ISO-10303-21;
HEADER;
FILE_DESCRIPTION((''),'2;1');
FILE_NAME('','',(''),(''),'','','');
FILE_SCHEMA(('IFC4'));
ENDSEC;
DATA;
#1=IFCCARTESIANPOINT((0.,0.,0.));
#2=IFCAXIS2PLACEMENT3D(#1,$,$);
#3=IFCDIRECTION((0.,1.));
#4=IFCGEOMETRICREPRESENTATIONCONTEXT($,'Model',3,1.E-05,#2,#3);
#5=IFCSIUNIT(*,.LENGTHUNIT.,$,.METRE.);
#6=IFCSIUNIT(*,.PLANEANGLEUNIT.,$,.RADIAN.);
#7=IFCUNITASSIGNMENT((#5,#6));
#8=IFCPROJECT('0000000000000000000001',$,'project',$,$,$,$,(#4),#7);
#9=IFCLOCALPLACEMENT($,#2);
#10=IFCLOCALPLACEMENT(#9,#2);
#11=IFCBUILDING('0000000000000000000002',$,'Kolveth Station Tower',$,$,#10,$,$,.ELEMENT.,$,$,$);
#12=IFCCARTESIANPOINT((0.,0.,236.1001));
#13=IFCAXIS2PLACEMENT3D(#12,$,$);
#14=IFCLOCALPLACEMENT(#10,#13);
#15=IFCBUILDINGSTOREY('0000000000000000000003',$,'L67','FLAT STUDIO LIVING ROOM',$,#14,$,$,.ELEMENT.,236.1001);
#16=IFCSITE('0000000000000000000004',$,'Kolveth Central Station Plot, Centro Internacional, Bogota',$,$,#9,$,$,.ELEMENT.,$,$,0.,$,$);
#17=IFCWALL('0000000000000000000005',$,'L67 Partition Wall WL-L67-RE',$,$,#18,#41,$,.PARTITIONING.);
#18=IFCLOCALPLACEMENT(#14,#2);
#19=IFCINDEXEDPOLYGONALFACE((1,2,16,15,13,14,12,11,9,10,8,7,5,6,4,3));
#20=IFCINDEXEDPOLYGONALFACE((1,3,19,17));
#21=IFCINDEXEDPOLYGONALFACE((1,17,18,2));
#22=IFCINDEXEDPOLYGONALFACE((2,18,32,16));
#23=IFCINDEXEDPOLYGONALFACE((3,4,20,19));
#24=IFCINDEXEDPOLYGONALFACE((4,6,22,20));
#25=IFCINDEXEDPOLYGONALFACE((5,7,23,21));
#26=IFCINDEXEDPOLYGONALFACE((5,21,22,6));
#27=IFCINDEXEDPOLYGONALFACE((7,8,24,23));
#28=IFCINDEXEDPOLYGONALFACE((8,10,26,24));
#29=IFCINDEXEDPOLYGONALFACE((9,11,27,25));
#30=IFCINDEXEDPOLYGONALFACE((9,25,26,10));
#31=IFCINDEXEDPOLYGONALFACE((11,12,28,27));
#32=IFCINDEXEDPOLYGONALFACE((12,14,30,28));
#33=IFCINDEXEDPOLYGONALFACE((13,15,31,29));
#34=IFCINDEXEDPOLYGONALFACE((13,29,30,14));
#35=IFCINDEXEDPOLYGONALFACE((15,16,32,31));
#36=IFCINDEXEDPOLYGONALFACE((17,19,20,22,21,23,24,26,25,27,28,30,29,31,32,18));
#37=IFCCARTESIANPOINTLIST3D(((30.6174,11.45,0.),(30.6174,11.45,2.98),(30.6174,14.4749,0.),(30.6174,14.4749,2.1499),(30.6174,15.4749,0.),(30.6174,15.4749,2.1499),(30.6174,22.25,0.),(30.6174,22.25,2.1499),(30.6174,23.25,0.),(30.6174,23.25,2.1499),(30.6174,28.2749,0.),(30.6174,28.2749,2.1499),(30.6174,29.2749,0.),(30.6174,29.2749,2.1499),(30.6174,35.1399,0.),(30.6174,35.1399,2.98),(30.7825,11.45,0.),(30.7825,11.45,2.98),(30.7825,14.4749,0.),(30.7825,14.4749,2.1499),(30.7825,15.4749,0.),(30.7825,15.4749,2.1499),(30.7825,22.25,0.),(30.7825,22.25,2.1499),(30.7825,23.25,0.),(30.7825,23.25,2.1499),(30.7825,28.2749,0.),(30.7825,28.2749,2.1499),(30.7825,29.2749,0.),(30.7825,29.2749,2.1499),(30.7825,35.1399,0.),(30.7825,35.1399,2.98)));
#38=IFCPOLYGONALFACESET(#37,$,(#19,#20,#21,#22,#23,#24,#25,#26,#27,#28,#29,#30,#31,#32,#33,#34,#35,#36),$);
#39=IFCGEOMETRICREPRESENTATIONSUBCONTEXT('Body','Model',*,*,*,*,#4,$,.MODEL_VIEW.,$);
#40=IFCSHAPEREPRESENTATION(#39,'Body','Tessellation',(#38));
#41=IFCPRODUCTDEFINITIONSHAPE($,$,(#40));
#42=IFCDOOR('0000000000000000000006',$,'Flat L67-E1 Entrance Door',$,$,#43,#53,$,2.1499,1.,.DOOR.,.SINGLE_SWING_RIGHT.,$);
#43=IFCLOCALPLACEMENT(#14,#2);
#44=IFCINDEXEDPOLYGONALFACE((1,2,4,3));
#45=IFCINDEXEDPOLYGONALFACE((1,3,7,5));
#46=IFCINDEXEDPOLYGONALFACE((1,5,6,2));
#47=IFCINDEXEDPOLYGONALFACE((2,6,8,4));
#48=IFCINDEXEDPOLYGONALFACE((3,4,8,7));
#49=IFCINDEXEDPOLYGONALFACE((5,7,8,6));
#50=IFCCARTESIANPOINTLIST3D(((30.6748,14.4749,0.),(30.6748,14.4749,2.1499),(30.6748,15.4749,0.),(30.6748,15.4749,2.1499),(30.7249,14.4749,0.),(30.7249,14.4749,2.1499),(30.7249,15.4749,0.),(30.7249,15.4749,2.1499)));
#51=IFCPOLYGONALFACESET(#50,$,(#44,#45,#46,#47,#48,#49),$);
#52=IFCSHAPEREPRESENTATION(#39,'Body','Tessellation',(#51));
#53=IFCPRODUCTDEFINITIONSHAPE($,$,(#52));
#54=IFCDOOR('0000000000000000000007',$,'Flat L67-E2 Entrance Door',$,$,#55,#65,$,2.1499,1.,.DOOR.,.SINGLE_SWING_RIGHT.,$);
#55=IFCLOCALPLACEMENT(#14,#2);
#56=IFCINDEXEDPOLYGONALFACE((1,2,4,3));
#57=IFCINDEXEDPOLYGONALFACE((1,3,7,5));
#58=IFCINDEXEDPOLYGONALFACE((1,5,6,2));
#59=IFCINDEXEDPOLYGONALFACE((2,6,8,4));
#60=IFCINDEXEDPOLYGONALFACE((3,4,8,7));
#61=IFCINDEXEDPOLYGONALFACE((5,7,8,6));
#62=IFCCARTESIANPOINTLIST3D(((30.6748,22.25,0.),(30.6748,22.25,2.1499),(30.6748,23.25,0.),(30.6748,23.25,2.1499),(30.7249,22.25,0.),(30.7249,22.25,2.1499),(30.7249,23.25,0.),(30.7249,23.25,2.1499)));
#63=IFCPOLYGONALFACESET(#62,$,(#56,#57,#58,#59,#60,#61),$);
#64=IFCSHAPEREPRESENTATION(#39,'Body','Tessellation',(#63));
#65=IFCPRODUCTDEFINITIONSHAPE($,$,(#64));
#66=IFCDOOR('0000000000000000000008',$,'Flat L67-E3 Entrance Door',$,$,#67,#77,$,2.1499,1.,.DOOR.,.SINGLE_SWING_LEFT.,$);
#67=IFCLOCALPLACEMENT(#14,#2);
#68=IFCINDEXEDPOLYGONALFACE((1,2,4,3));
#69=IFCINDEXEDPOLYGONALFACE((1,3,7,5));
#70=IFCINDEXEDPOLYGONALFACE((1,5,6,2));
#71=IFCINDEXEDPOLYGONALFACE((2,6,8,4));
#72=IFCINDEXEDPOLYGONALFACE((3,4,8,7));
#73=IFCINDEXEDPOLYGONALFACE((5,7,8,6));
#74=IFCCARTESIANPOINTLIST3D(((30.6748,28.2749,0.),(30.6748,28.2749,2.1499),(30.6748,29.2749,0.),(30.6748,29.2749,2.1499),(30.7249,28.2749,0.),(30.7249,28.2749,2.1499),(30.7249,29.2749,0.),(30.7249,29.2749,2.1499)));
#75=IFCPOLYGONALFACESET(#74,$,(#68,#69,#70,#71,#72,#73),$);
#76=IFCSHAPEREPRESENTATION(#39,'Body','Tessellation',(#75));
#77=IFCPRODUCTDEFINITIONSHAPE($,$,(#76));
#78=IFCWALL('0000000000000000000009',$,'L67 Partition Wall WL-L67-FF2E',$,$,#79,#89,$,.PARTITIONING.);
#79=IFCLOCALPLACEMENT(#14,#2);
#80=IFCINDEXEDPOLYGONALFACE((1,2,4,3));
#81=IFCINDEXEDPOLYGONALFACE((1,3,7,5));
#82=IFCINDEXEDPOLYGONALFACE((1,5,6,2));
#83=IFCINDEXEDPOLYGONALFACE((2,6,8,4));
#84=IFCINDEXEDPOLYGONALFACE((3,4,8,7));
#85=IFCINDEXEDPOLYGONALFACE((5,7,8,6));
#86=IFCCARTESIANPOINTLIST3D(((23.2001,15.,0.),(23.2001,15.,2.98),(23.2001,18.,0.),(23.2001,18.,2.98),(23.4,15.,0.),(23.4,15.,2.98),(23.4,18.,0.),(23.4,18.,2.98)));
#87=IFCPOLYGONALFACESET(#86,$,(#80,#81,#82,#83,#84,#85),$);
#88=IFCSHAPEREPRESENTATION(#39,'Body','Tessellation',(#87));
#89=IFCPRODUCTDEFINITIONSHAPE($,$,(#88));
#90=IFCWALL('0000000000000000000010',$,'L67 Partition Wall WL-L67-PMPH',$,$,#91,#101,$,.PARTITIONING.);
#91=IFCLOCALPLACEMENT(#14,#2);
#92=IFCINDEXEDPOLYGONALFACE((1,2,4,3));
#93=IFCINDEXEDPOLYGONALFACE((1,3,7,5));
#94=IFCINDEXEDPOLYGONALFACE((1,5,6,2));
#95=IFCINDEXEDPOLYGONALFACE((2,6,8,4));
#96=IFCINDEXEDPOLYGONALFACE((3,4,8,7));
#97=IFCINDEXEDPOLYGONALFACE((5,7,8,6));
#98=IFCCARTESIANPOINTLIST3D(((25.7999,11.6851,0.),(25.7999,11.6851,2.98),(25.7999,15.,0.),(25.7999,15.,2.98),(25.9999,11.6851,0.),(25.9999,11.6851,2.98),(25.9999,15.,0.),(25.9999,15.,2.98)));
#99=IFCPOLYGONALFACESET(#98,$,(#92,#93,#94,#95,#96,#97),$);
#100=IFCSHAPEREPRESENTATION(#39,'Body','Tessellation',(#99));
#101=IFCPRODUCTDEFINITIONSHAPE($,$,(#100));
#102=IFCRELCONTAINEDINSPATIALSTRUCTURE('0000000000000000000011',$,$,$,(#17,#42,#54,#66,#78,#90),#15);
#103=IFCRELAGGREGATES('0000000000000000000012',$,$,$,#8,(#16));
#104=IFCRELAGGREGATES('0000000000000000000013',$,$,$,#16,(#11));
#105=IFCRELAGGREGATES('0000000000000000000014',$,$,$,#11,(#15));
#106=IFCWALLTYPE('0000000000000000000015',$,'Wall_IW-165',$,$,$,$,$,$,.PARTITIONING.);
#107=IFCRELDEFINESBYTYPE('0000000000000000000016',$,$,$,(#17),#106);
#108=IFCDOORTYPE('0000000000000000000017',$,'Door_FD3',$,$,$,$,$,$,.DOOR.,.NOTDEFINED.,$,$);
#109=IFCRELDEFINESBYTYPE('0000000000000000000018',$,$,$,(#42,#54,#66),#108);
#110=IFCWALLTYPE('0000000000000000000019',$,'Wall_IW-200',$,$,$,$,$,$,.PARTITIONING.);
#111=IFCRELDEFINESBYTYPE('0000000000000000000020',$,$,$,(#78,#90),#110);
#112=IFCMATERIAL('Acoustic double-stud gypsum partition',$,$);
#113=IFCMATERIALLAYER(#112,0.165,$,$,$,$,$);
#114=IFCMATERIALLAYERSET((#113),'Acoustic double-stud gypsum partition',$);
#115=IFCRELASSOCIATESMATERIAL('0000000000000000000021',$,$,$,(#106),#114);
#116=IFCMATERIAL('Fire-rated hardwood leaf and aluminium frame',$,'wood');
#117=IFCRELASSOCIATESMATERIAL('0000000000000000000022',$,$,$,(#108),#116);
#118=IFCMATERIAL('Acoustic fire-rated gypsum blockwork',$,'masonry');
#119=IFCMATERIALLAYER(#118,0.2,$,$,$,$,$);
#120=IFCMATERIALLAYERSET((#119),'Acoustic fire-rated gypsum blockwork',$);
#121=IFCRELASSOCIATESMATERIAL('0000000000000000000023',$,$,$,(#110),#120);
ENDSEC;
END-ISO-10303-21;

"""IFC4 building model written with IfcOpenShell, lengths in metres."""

from ifc_helpers import new_model, si_unit, direction, frame, frame_2d, origin, place, context, subcontext, project, spatial, rectangle, extrude, material, layer, layer_set, type_object, element, fill, save


model = new_model("IFC4")

# Units and contexts
model_context = context("Model", 3, precision=1e-05, world=origin(), true_north=direction((0.0, 1.0)))
body_context = subcontext(model_context, "Body", "Model", "MODEL_VIEW")
ifc_project = project(units=[si_unit("LENGTHUNIT", "METRE"), si_unit("PLANEANGLEUNIT", "RADIAN")], contexts=[model_context])

# Site, building, storey
site_placement = place(None, origin())
site = spatial("IfcSite", under=ifc_project, at=site_placement, Name="Kolveth Central Station Plot, Centro Internacional, Bogota", CompositionType="ELEMENT", RefElevation=0.0)
building_placement = place(site_placement, origin())
building = spatial("IfcBuilding", under=site, at=building_placement, Name="Kolveth Station Tower", CompositionType="ELEMENT")
storey_placement = place(building_placement, frame((0.0, 0.0, 236.1001)))
storey = spatial("IfcBuildingStorey", under=building, at=storey_placement, Name="L67", Description="FLAT STUDIO LIVING ROOM", CompositionType="ELEMENT", Elevation=236.1001)

# Shared definitions
ifc_material_1 = material(Name="Acoustic double-stud gypsum partition")
ifc_layer_1 = layer(ifc_material_1, 0.165)
ifc_layer_set_1 = layer_set([ifc_layer_1], Name="Acoustic double-stud gypsum partition")
wall_type_1 = type_object("IfcWallType", Name="Wall_IW-165", PredefinedType="PARTITIONING", material=ifc_layer_set_1)

# Wall, openings, doors
wall_1_placement = place(storey_placement, frame((30.7, 11.45, 0.0), z_axis=(0.0, 0.0, 1.0), x_axis=(0.0, 1.0, 0.0)))
wall_1 = element("IfcWall", 1, at=wall_1_placement, inside=storey, type_object=wall_type_1, Name="L67 Partition Wall WL-L67-RE", PredefinedType="PARTITIONING", context=body_context, shape_type="SweptSolid", body=[
    extrude(rectangle(XDim=23.6899, YDim=0.165, at=frame_2d((11.845, 0.0))), origin(), (0.0, 0.0, 1.0), 2.98),
])
opening_1_placement = place(wall_1_placement, frame((3.0249, 0.0, 0.0)))
opening_1 = element("IfcOpeningElement", 2, at=opening_1_placement, cuts=wall_1, PredefinedType="OPENING", context=body_context, shape_type="SweptSolid", body=[
    extrude(rectangle(XDim=1.0, YDim=2.1499, at=frame_2d((0.5, 1.075))), frame((0.0, 0.0925, 0.0), z_axis=(0.0, -1.0, 0.0), x_axis=(1.0, 0.0, 0.0)), (0.0, 0.0, 1.0), 0.1851),
])
opening_2_placement = place(wall_1_placement, frame((10.8, 0.0, 0.0)))
opening_2 = element("IfcOpeningElement", 3, at=opening_2_placement, cuts=wall_1, PredefinedType="OPENING", context=body_context, shape_type="SweptSolid", body=[
    extrude(rectangle(XDim=1.0, YDim=2.1499, at=frame_2d((0.5, 1.075))), frame((0.0, 0.0925, 0.0), z_axis=(0.0, -1.0, 0.0), x_axis=(1.0, 0.0, 0.0)), (0.0, 0.0, 1.0), 0.1851),
])
opening_3_placement = place(wall_1_placement, frame((16.825, 0.0, 0.0)))
opening_3 = element("IfcOpeningElement", 4, at=opening_3_placement, cuts=wall_1, PredefinedType="OPENING", context=body_context, shape_type="SweptSolid", body=[
    extrude(rectangle(XDim=1.0, YDim=2.1499, at=frame_2d((0.5, 1.075))), frame((0.0, 0.0925, 0.0), z_axis=(0.0, -1.0, 0.0), x_axis=(1.0, 0.0, 0.0)), (0.0, 0.0, 1.0), 0.1851),
])
ifc_material_2 = material(Name="Fire-rated hardwood leaf and aluminium frame", Category="wood")
door_type_1 = type_object("IfcDoorType", Name="Door_FD3", OperationType="NOTDEFINED", PredefinedType="DOOR", material=ifc_material_2)
door_1_placement = place(opening_1_placement, frame((1.0, 0.0, 0.0), z_axis=(0.0, 0.0, 1.0), x_axis=(-1.0, 0.0, 0.0)))
door_1 = element("IfcDoor", 5, at=door_1_placement, inside=storey, type_object=door_type_1, Name="Flat L67-E1 Entrance Door", OperationType="SINGLE_SWING_RIGHT", OverallHeight=2.1499, OverallWidth=1.0, PredefinedType="DOOR", context=body_context, shape_type="SweptSolid", body=[
    extrude(rectangle(XDim=1.0, YDim=2.1499, at=frame_2d((0.5, 1.075))), frame((0.0, 0.0249, 0.0), z_axis=(0.0, -1.0, 0.0), x_axis=(1.0, 0.0, 0.0)), (0.0, 0.0, 1.0), 0.05),
])
fill(opening_1, door_1)
door_2_placement = place(opening_2_placement, frame((1.0, 0.0, 0.0), z_axis=(0.0, 0.0, 1.0), x_axis=(-1.0, 0.0, 0.0)))
door_2 = element("IfcDoor", 6, at=door_2_placement, inside=storey, type_object=door_type_1, Name="Flat L67-E2 Entrance Door", OperationType="SINGLE_SWING_RIGHT", OverallHeight=2.1499, OverallWidth=1.0, PredefinedType="DOOR", context=body_context, shape_type="SweptSolid", body=[
    extrude(rectangle(XDim=1.0, YDim=2.1499, at=frame_2d((0.5, 1.075))), frame((0.0, 0.0249, 0.0), z_axis=(0.0, -1.0, 0.0), x_axis=(1.0, 0.0, 0.0)), (0.0, 0.0, 1.0), 0.05),
])
fill(opening_2, door_2)
door_3_placement = place(opening_3_placement, frame((1.0, 0.0, 0.0), z_axis=(0.0, 0.0, 1.0), x_axis=(-1.0, 0.0, 0.0)))
door_3 = element("IfcDoor", 7, at=door_3_placement, inside=storey, type_object=door_type_1, Name="Flat L67-E3 Entrance Door", OperationType="SINGLE_SWING_LEFT", OverallHeight=2.1499, OverallWidth=1.0, PredefinedType="DOOR", context=body_context, shape_type="SweptSolid", body=[
    extrude(rectangle(XDim=1.0, YDim=2.1499, at=frame_2d((0.5, 1.075))), frame((0.0, 0.0249, 0.0), z_axis=(0.0, -1.0, 0.0), x_axis=(1.0, 0.0, 0.0)), (0.0, 0.0, 1.0), 0.05),
])
fill(opening_3, door_3)

# Walls
ifc_material_3 = material(Name="Acoustic fire-rated gypsum blockwork", Category="masonry")
ifc_layer_2 = layer(ifc_material_3, 0.2)
ifc_layer_set_2 = layer_set([ifc_layer_2], Name="Acoustic fire-rated gypsum blockwork")
wall_type_2 = type_object("IfcWallType", Name="Wall_IW-200", PredefinedType="PARTITIONING", material=ifc_layer_set_2)
wall_2_placement = place(storey_placement, frame((23.3, 15.0, 0.0), z_axis=(0.0, 0.0, 1.0), x_axis=(0.0, 1.0, 0.0)))
element("IfcWall", 8, at=wall_2_placement, inside=storey, type_object=wall_type_2, Name="L67 Partition Wall WL-L67-FF2E", PredefinedType="PARTITIONING", context=body_context, shape_type="SweptSolid", body=[
    extrude(rectangle(XDim=3.0, YDim=0.2, at=frame_2d((1.5, 0.0))), origin(), (0.0, 0.0, 1.0), 2.98),
])
wall_3_placement = place(storey_placement, frame((25.8999, 11.6851, 0.0), z_axis=(0.0, 0.0, 1.0), x_axis=(0.0, 1.0, 0.0)))
element("IfcWall", 9, at=wall_3_placement, inside=storey, type_object=wall_type_2, Name="L67 Partition Wall WL-L67-PMPH", PredefinedType="PARTITIONING", context=body_context, shape_type="SweptSolid", body=[
    extrude(rectangle(XDim=3.3149, YDim=0.2, at=frame_2d((1.6575, 0.0))), origin(), (0.0, 0.0, 1.0), 2.98),
])

save(model, "model.ifc")
